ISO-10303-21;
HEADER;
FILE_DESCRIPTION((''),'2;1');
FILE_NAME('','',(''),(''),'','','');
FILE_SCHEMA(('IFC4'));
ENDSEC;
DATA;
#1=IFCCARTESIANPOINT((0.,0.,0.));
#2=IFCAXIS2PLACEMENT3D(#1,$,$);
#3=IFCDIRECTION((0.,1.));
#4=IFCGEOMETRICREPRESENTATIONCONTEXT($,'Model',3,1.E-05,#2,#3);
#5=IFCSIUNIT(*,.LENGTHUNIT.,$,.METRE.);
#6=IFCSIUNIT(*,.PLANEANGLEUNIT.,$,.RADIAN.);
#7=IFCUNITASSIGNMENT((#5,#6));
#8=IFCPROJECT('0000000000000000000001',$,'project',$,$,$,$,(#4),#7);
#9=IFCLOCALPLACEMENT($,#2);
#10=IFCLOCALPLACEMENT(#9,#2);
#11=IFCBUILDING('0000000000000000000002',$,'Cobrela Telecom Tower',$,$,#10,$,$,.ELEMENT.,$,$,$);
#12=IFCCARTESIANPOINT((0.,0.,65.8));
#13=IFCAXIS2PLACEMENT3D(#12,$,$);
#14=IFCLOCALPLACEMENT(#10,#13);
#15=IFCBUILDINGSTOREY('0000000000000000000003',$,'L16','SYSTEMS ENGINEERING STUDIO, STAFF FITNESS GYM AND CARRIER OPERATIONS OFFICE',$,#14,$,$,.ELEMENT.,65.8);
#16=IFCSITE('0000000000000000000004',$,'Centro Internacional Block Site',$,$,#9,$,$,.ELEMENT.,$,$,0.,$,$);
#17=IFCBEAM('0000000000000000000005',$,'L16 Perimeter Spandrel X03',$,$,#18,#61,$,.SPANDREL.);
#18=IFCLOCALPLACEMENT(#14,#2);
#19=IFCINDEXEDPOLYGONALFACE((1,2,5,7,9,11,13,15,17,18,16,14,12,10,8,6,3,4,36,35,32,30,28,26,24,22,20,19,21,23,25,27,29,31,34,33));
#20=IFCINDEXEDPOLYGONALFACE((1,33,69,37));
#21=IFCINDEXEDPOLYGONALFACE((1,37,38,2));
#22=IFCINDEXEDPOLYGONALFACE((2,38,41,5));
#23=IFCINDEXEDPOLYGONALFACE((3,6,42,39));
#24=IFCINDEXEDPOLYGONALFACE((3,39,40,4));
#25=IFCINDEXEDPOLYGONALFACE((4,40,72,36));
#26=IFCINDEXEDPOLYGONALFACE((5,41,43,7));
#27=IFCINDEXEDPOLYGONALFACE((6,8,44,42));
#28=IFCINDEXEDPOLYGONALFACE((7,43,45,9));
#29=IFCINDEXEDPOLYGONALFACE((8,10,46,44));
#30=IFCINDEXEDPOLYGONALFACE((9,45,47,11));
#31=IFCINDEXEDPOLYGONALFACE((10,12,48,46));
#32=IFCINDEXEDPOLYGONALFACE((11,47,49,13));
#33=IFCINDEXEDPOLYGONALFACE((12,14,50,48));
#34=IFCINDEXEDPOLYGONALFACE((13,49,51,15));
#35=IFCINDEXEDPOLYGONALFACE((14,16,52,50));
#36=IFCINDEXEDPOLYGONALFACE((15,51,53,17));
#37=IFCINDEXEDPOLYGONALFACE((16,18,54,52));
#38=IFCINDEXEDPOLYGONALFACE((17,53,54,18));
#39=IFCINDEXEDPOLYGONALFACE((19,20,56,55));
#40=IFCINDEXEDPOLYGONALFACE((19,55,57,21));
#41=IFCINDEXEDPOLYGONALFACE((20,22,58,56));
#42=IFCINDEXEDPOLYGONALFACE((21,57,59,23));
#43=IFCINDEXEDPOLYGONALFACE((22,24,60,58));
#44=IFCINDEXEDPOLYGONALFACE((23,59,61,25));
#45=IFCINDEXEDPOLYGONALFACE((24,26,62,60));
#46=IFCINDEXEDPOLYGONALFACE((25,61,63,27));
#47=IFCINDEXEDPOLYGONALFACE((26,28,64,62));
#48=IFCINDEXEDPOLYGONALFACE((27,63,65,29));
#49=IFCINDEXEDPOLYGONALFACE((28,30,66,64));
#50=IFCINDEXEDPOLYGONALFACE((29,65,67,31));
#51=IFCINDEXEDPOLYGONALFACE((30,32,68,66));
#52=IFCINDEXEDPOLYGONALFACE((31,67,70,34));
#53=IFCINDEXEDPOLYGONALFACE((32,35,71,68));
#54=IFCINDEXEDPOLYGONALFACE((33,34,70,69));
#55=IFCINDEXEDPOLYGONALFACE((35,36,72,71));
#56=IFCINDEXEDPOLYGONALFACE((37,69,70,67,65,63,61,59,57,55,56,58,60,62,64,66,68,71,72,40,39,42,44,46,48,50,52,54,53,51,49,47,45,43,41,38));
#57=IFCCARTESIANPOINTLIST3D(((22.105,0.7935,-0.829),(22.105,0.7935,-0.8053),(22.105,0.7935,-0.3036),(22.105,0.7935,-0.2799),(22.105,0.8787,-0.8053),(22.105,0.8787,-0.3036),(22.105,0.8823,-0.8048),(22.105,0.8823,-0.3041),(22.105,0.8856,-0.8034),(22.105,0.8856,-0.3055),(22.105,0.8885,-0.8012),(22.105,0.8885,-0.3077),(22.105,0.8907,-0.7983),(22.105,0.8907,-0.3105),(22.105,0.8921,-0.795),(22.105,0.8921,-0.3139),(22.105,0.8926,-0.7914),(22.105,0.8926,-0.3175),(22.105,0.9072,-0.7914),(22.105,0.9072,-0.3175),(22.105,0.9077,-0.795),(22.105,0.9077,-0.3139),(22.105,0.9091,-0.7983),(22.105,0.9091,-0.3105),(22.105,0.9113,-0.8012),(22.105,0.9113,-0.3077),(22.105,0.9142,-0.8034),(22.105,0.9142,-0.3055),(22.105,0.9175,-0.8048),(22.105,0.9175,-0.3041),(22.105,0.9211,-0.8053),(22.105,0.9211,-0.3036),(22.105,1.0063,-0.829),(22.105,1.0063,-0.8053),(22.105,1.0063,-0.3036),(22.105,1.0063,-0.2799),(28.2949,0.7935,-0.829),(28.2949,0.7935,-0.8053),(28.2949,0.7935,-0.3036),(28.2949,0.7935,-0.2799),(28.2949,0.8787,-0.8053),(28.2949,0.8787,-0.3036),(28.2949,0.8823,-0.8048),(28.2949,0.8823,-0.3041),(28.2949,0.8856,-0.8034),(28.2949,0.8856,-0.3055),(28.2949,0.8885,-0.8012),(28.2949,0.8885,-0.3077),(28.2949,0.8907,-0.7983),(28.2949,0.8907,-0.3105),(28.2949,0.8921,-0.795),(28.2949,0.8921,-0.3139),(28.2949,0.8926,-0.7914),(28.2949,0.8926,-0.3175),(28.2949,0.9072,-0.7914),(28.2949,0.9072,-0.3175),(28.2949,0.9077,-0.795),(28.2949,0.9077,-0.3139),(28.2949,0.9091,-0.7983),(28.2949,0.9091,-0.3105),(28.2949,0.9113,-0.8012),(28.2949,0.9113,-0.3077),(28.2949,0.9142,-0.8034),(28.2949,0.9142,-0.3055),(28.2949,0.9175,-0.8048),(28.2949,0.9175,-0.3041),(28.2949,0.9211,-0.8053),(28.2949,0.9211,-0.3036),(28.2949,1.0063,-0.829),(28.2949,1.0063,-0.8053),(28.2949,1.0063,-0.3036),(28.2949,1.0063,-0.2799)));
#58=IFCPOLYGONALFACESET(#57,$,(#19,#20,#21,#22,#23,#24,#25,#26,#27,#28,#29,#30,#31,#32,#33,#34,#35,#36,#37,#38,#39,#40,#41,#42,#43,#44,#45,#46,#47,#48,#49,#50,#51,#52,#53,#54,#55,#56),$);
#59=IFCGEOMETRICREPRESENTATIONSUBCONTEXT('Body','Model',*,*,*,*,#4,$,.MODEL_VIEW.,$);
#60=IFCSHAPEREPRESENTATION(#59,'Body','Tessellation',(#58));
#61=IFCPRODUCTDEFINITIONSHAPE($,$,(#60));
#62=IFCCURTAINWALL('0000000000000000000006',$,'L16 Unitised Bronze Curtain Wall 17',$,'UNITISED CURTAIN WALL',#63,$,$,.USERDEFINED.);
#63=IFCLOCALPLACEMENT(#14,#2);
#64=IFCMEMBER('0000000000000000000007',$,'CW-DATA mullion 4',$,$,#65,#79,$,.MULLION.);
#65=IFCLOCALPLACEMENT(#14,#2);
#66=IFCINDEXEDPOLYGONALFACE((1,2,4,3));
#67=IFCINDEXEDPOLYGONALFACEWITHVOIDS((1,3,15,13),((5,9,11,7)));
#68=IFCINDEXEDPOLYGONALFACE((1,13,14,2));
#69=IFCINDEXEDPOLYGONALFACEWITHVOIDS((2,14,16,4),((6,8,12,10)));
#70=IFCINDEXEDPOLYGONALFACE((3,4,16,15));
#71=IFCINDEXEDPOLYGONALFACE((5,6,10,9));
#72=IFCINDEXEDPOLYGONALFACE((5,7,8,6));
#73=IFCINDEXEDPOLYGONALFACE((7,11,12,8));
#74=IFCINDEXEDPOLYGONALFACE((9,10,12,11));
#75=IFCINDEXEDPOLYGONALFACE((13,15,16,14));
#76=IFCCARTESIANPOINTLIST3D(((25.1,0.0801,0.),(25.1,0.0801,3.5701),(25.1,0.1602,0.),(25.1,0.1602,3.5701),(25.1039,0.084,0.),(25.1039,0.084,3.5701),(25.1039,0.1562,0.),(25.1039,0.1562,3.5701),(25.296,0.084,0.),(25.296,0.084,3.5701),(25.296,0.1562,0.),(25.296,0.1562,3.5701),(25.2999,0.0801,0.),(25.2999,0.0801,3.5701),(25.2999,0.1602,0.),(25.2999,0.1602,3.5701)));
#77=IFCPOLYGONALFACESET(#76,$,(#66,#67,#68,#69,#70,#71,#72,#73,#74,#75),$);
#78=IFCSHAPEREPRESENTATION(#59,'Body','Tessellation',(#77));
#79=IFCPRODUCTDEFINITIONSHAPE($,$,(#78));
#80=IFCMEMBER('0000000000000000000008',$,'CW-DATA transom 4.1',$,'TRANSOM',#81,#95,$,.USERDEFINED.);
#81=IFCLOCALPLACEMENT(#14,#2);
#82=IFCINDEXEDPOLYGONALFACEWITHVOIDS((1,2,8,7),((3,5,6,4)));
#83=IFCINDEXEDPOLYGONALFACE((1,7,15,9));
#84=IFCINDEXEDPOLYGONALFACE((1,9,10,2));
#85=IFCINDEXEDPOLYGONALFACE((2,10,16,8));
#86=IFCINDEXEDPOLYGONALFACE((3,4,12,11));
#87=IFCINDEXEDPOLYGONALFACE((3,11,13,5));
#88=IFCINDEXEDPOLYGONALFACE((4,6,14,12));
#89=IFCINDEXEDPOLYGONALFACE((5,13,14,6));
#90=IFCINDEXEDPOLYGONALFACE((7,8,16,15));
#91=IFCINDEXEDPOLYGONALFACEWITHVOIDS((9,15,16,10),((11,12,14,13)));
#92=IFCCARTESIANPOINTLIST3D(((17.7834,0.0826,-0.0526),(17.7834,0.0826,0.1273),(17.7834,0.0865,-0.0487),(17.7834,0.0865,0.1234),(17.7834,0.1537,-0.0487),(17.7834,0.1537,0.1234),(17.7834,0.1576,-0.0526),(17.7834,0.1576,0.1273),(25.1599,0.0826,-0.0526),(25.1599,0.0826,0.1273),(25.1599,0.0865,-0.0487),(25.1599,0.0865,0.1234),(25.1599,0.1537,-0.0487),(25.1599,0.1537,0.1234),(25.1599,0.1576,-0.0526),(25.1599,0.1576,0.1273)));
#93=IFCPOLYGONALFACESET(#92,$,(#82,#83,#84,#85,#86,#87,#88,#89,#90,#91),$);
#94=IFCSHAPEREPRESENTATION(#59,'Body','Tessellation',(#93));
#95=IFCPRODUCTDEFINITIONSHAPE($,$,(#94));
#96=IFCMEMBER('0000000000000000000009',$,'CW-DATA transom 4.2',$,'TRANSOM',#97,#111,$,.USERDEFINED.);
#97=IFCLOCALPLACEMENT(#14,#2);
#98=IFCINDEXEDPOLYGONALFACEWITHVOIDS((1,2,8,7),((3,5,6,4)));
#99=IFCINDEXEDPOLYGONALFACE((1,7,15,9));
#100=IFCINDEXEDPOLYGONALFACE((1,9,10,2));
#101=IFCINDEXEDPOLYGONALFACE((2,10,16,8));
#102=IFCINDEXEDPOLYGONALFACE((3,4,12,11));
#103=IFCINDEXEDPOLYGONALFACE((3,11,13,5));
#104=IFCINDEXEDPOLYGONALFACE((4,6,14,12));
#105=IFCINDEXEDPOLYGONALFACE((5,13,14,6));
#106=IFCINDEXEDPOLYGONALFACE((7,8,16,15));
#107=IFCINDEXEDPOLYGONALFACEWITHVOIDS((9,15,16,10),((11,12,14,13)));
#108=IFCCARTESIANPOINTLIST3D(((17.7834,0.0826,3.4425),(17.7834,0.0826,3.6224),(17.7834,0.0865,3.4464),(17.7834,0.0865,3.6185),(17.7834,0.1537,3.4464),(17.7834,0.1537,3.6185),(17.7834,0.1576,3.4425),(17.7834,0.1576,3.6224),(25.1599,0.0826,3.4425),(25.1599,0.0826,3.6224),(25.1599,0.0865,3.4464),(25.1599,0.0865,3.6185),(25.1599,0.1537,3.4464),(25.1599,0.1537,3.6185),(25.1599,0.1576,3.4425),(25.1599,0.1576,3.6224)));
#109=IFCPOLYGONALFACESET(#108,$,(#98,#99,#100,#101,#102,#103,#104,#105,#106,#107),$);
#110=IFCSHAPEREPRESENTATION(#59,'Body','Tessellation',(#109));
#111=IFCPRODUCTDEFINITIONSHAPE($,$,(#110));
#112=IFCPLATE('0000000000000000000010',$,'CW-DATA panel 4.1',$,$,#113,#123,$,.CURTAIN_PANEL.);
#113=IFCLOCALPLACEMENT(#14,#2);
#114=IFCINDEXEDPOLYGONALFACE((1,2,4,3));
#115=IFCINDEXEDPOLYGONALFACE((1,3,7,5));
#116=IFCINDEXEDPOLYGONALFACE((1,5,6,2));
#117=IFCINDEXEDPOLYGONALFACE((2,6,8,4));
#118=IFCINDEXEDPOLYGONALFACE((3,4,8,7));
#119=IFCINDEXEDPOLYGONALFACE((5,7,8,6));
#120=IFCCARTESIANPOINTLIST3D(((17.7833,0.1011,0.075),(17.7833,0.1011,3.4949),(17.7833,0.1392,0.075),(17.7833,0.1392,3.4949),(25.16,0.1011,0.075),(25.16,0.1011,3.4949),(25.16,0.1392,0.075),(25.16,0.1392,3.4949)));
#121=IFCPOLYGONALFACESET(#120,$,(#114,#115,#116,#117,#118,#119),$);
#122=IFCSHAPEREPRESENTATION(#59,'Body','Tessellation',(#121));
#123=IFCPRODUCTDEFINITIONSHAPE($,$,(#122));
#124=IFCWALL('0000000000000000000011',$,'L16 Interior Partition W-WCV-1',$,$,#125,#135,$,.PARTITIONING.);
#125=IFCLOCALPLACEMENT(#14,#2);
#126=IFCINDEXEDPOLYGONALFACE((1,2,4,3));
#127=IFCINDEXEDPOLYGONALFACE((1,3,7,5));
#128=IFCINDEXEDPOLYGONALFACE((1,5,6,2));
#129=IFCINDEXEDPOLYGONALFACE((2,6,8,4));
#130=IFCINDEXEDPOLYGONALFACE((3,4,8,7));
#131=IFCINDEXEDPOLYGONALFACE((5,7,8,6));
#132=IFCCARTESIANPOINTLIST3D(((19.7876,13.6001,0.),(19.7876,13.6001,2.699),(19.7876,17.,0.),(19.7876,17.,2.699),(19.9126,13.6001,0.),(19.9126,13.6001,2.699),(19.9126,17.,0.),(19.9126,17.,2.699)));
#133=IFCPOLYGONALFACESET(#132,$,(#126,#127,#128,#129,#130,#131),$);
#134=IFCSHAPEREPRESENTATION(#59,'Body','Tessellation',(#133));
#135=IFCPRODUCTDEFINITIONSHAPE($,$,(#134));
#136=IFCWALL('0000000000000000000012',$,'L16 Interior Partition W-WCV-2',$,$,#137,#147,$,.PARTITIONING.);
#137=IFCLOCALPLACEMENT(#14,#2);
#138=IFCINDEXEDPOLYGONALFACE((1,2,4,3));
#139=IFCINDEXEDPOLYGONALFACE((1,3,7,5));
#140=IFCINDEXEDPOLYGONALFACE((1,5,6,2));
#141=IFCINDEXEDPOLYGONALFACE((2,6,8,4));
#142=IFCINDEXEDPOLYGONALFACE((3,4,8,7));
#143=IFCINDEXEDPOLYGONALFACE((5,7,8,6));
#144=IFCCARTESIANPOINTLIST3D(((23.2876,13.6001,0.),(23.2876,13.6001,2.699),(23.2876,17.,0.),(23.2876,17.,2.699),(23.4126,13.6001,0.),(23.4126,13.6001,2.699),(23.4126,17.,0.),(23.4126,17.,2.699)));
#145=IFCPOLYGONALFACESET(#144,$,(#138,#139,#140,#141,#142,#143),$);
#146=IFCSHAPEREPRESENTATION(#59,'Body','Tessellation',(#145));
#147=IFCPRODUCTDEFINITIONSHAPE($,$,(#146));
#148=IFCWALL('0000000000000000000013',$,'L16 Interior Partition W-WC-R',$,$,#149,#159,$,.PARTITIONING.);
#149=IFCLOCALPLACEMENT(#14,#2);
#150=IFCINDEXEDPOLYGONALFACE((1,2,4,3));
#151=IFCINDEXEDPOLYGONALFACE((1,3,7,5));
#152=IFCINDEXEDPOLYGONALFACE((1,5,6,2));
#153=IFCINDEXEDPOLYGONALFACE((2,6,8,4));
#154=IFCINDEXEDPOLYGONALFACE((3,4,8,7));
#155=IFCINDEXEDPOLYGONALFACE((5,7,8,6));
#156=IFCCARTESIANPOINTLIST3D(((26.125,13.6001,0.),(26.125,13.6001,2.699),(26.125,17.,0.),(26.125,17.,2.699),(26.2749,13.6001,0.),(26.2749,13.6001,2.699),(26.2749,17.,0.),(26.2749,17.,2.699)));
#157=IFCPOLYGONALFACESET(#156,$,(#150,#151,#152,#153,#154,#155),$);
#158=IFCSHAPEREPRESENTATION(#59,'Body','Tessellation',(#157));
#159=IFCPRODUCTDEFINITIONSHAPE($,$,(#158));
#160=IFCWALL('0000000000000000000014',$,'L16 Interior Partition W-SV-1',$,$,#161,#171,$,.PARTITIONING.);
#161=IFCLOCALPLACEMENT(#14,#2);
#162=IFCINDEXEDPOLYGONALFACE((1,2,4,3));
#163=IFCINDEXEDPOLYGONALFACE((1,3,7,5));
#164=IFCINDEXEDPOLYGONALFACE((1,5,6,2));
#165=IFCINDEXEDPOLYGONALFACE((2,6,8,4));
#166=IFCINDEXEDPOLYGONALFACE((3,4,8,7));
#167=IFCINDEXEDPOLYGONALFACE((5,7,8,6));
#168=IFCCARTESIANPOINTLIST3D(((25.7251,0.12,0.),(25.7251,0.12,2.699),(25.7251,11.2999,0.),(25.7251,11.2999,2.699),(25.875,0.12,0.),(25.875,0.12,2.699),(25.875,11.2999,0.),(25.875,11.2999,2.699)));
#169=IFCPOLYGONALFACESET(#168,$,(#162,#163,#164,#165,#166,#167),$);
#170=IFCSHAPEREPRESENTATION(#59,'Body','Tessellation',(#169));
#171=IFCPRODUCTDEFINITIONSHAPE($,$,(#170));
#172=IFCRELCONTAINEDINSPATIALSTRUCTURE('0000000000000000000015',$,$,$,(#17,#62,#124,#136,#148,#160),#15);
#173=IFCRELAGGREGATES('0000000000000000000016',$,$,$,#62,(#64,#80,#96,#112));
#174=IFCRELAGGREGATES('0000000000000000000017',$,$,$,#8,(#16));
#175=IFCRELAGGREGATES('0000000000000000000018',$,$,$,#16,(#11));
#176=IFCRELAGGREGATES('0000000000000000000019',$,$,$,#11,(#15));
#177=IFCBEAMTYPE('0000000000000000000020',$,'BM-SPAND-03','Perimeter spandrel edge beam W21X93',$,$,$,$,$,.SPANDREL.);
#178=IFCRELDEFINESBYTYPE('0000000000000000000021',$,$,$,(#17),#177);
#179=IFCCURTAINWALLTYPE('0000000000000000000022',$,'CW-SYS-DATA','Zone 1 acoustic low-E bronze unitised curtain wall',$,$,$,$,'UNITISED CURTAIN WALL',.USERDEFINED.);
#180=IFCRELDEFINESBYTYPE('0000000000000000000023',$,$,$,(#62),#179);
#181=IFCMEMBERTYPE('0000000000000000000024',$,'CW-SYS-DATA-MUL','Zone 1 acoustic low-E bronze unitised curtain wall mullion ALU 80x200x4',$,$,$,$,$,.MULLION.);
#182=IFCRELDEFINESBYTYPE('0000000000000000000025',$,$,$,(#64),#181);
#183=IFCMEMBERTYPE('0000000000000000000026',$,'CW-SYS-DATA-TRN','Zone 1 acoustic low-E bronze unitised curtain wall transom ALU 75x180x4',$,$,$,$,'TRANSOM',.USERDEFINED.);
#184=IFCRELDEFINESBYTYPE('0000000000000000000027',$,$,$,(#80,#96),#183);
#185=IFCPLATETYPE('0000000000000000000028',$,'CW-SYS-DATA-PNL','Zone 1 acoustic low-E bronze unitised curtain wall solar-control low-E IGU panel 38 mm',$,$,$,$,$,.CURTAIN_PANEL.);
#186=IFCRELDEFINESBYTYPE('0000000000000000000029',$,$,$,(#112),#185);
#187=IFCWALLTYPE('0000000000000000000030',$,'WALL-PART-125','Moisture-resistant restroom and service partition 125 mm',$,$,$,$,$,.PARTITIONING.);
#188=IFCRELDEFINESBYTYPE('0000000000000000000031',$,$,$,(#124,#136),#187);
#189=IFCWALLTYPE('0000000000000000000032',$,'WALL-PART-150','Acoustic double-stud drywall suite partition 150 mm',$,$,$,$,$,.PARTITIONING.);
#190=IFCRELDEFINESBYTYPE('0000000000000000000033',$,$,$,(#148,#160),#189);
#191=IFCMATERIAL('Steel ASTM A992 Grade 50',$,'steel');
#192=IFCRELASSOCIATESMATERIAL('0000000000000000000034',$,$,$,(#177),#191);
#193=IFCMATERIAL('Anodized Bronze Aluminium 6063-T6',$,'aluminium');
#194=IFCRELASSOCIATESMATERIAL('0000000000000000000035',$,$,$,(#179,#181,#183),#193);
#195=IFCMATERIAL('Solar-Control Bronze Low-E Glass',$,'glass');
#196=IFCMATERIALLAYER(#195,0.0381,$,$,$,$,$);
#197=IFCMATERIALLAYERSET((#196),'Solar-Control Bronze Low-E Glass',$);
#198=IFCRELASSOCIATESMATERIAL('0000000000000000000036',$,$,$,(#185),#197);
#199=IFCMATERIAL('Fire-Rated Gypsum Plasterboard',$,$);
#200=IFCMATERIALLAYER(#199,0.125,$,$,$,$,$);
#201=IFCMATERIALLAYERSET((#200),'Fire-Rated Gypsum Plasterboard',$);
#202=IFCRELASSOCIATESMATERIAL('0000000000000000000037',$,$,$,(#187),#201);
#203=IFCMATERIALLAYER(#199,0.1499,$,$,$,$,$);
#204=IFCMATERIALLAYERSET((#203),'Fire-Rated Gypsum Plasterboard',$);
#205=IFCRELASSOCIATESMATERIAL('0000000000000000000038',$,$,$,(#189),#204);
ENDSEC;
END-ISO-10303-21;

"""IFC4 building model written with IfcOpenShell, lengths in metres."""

from ifc_helpers import new_model, si_unit, direction, frame, frame_2d, origin, origin_2d, place, context, subcontext, project, spatial, rectangle, hollow_rectangle, i_section, extrude, material, layer, layer_set, material_profile, profile_set, type_object, element, aggregate, save


model = new_model("IFC4")

# Units and contexts
model_context = context("Model", 3, precision=1e-05, world=origin(), true_north=direction((0.0, 1.0)))
body_context = subcontext(model_context, "Body", "Model", "MODEL_VIEW")
ifc_project = project(units=[si_unit("LENGTHUNIT", "METRE"), si_unit("PLANEANGLEUNIT", "RADIAN")], contexts=[model_context])

# Site, building, storey
site_placement = place(None, origin())
site = spatial("IfcSite", under=ifc_project, at=site_placement, Name="Centro Internacional Block Site", CompositionType="ELEMENT", RefElevation=0.0)
building_placement = place(site_placement, origin())
building = spatial("IfcBuilding", under=site, at=building_placement, Name="Cobrela Telecom Tower", CompositionType="ELEMENT")
storey_placement = place(building_placement, frame((0.0, 0.0, 65.8)))
storey = spatial("IfcBuildingStorey", under=building, at=storey_placement, Name="L16", Description="SYSTEMS ENGINEERING STUDIO, STAFF FITNESS GYM AND CARRIER OPERATIONS OFFICE", CompositionType="ELEMENT", Elevation=65.8)

# Shared definitions
ifc_material_1 = material(Name="Steel ASTM A992 Grade 50", Category="steel")

# Beam
ifc_material_profile_1 = material_profile(ifc_material_1, i_section(OverallWidth=0.2129, OverallDepth=0.5491, WebThickness=0.0146, FlangeThickness=0.0237, FilletRadius=0.0139, at=origin_2d()), Name="W21X93")
ifc_profile_set_1 = profile_set([ifc_material_profile_1], Name="Steel ASTM A992 Grade 50")
beam_type_1 = type_object("IfcBeamType", Name="BM-SPAND-03", Description="Perimeter spandrel edge beam W21X93", PredefinedType="SPANDREL", material=ifc_profile_set_1)
beam_1_placement = place(storey_placement, frame((22.105, 0.8999, -0.5544), z_axis=(1.0, 0.0, 0.0), x_axis=(0.0, 1.0, 0.0)))
element("IfcBeam", 1, at=beam_1_placement, inside=storey, type_object=beam_type_1, Name="L16 Perimeter Spandrel X03", PredefinedType="SPANDREL", context=body_context, shape_type="SweptSolid", body=[
    extrude(i_section(OverallWidth=0.2129, OverallDepth=0.5491, WebThickness=0.0146, FlangeThickness=0.0237, FilletRadius=0.0139, at=origin_2d()), origin(), (0.0, 0.0, 1.0), 6.1899),
])

# Curtain wall, members, plate
ifc_material_2 = material(Name="Anodized Bronze Aluminium 6063-T6", Category="aluminium")
curtain_wall_type = type_object("IfcCurtainWallType", Name="CW-SYS-DATA", Description="Zone 1 acoustic low-E bronze unitised curtain wall", ElementType="UNITISED CURTAIN WALL", PredefinedType="USERDEFINED", material=ifc_material_2)
curtain_wall_placement = place(storey_placement, origin())
curtain_wall = element("IfcCurtainWall", 2, at=curtain_wall_placement, inside=storey, type_object=curtain_wall_type, Name="L16 Unitised Bronze Curtain Wall 17", ObjectType="UNITISED CURTAIN WALL", PredefinedType="USERDEFINED")
ifc_material_profile_2 = material_profile(ifc_material_2, hollow_rectangle(XDim=0.0801, YDim=0.2, WallThickness=0.0039, at=origin_2d()), Name="ALU 80x200x4")
ifc_profile_set_2 = profile_set([ifc_material_profile_2], Name="Anodized Bronze Aluminium 6063-T6")
member_type_1 = type_object("IfcMemberType", Name="CW-SYS-DATA-MUL", Description="Zone 1 acoustic low-E bronze unitised curtain wall mullion ALU 80x200x4", PredefinedType="MULLION", material=ifc_profile_set_2)
member_1_placement = place(storey_placement, frame((25.2, 0.1201, 0.0), z_axis=(0.0, 0.0, 1.0), x_axis=(0.0, -1.0, 0.0)))
member_1 = element("IfcMember", 3, at=member_1_placement, type_object=member_type_1, Name="CW-DATA mullion 4", PredefinedType="MULLION", context=body_context, shape_type="SweptSolid", body=[
    extrude(hollow_rectangle(XDim=0.0801, YDim=0.2, WallThickness=0.0039, at=origin_2d()), origin(), (0.0, 0.0, 1.0), 3.5701),
])
ifc_material_profile_3 = material_profile(ifc_material_2, hollow_rectangle(XDim=0.075, YDim=0.1799, WallThickness=0.0039, at=origin_2d()), Name="ALU 75x180x4")
ifc_profile_set_3 = profile_set([ifc_material_profile_3], Name="Anodized Bronze Aluminium 6063-T6")
member_type_2 = type_object("IfcMemberType", Name="CW-SYS-DATA-TRN", Description="Zone 1 acoustic low-E bronze unitised curtain wall transom ALU 75x180x4", ElementType="TRANSOM", PredefinedType="USERDEFINED", material=ifc_profile_set_3)
member_2_placement = place(storey_placement, frame((25.1599, 0.1201, 0.0374), z_axis=(-1.0, 0.0, 0.0), x_axis=(0.0, -1.0, 0.0)))
member_2 = element("IfcMember", 4, at=member_2_placement, type_object=member_type_2, Name="CW-DATA transom 4.1", ObjectType="TRANSOM", PredefinedType="USERDEFINED", context=body_context, shape_type="SweptSolid", body=[
    extrude(hollow_rectangle(XDim=0.075, YDim=0.1799, WallThickness=0.0039, at=origin_2d()), origin(), (0.0, 0.0, 1.0), 7.3765),
])
member_3_placement = place(storey_placement, frame((25.1599, 0.1201, 3.5325), z_axis=(-1.0, 0.0, 0.0), x_axis=(0.0, -1.0, 0.0)))
member_3 = element("IfcMember", 5, at=member_3_placement, type_object=member_type_2, Name="CW-DATA transom 4.2", ObjectType="TRANSOM", PredefinedType="USERDEFINED", context=body_context, shape_type="SweptSolid", body=[
    extrude(hollow_rectangle(XDim=0.075, YDim=0.1799, WallThickness=0.0039, at=origin_2d()), origin(), (0.0, 0.0, 1.0), 7.3765),
])
ifc_material_3 = material(Name="Solar-Control Bronze Low-E Glass", Category="glass")
ifc_layer_1 = layer(ifc_material_3, 0.0381)
ifc_layer_set_1 = layer_set([ifc_layer_1], Name="Solar-Control Bronze Low-E Glass")
plate_type = type_object("IfcPlateType", Name="CW-SYS-DATA-PNL", Description="Zone 1 acoustic low-E bronze unitised curtain wall solar-control low-E IGU panel 38 mm", PredefinedType="CURTAIN_PANEL", material=ifc_layer_set_1)
plate_placement = place(storey_placement, frame((21.4717, 0.1201, 0.075), z_axis=(0.0, 0.0, 1.0), x_axis=(-1.0, 0.0, 0.0)))
plate = element("IfcPlate", 6, at=plate_placement, type_object=plate_type, Name="CW-DATA panel 4.1", PredefinedType="CURTAIN_PANEL", context=body_context, shape_type="SweptSolid", body=[
    extrude(rectangle(XDim=7.3767, YDim=0.0381, at=origin_2d()), origin(), (0.0, 0.0, 1.0), 3.4199),
])
aggregate(curtain_wall, [member_1, member_2, member_3, plate])

# Walls
ifc_material_4 = material(Name="Fire-Rated Gypsum Plasterboard")
ifc_layer_2 = layer(ifc_material_4, 0.125)
ifc_layer_set_2 = layer_set([ifc_layer_2], Name="Fire-Rated Gypsum Plasterboard")
wall_type_1 = type_object("IfcWallType", Name="WALL-PART-125", Description="Moisture-resistant restroom and service partition 125 mm", PredefinedType="PARTITIONING", material=ifc_layer_set_2)
for number, where, z_axis, x_axis, name in (
    (7, (19.8501, 13.6001, 0.0), (0.0, 0.0, 1.0), (0.0, 1.0, 0.0), "L16 Interior Partition W-WCV-1"),
    (8, (23.3501, 13.6001, 0.0), (0.0, 0.0, 1.0), (0.0, 1.0, 0.0), "L16 Interior Partition W-WCV-2"),
):
    element("IfcWall", number, at=place(storey_placement, frame(where, z_axis=z_axis, x_axis=x_axis)), inside=storey, type_object=wall_type_1, Name=name, PredefinedType="PARTITIONING", context=body_context, shape_type="SweptSolid", body=[
        extrude(rectangle(XDim=3.3999, YDim=0.125, at=frame_2d((1.7, 0.0))), origin(), (0.0, 0.0, 1.0), 2.699),
    ])
ifc_layer_3 = layer(ifc_material_4, 0.1499)
ifc_layer_set_3 = layer_set([ifc_layer_3], Name="Fire-Rated Gypsum Plasterboard")
wall_type_2 = type_object("IfcWallType", Name="WALL-PART-150", Description="Acoustic double-stud drywall suite partition 150 mm", PredefinedType="PARTITIONING", material=ifc_layer_set_3)
wall_1_placement = place(storey_placement, frame((26.2, 13.6001, 0.0), z_axis=(0.0, 0.0, 1.0), x_axis=(0.0, 1.0, 0.0)))
element("IfcWall", 9, at=wall_1_placement, inside=storey, type_object=wall_type_2, Name="L16 Interior Partition W-WC-R", PredefinedType="PARTITIONING", context=body_context, shape_type="SweptSolid", body=[
    extrude(rectangle(XDim=3.3999, YDim=0.1499, at=frame_2d((1.7, 0.0))), origin(), (0.0, 0.0, 1.0), 2.699),
])
wall_2_placement = place(storey_placement, frame((25.8, 0.1201, 0.0), z_axis=(0.0, 0.0, 1.0), x_axis=(0.0, 1.0, 0.0)))
element("IfcWall", 10, at=wall_2_placement, inside=storey, type_object=wall_type_2, Name="L16 Interior Partition W-SV-1", PredefinedType="PARTITIONING", context=body_context, shape_type="SweptSolid", body=[
    extrude(rectangle(XDim=11.1799, YDim=0.1499, at=frame_2d((5.5898, 0.0))), origin(), (0.0, 0.0, 1.0), 2.699),
])

save(model, "model.ifc")
